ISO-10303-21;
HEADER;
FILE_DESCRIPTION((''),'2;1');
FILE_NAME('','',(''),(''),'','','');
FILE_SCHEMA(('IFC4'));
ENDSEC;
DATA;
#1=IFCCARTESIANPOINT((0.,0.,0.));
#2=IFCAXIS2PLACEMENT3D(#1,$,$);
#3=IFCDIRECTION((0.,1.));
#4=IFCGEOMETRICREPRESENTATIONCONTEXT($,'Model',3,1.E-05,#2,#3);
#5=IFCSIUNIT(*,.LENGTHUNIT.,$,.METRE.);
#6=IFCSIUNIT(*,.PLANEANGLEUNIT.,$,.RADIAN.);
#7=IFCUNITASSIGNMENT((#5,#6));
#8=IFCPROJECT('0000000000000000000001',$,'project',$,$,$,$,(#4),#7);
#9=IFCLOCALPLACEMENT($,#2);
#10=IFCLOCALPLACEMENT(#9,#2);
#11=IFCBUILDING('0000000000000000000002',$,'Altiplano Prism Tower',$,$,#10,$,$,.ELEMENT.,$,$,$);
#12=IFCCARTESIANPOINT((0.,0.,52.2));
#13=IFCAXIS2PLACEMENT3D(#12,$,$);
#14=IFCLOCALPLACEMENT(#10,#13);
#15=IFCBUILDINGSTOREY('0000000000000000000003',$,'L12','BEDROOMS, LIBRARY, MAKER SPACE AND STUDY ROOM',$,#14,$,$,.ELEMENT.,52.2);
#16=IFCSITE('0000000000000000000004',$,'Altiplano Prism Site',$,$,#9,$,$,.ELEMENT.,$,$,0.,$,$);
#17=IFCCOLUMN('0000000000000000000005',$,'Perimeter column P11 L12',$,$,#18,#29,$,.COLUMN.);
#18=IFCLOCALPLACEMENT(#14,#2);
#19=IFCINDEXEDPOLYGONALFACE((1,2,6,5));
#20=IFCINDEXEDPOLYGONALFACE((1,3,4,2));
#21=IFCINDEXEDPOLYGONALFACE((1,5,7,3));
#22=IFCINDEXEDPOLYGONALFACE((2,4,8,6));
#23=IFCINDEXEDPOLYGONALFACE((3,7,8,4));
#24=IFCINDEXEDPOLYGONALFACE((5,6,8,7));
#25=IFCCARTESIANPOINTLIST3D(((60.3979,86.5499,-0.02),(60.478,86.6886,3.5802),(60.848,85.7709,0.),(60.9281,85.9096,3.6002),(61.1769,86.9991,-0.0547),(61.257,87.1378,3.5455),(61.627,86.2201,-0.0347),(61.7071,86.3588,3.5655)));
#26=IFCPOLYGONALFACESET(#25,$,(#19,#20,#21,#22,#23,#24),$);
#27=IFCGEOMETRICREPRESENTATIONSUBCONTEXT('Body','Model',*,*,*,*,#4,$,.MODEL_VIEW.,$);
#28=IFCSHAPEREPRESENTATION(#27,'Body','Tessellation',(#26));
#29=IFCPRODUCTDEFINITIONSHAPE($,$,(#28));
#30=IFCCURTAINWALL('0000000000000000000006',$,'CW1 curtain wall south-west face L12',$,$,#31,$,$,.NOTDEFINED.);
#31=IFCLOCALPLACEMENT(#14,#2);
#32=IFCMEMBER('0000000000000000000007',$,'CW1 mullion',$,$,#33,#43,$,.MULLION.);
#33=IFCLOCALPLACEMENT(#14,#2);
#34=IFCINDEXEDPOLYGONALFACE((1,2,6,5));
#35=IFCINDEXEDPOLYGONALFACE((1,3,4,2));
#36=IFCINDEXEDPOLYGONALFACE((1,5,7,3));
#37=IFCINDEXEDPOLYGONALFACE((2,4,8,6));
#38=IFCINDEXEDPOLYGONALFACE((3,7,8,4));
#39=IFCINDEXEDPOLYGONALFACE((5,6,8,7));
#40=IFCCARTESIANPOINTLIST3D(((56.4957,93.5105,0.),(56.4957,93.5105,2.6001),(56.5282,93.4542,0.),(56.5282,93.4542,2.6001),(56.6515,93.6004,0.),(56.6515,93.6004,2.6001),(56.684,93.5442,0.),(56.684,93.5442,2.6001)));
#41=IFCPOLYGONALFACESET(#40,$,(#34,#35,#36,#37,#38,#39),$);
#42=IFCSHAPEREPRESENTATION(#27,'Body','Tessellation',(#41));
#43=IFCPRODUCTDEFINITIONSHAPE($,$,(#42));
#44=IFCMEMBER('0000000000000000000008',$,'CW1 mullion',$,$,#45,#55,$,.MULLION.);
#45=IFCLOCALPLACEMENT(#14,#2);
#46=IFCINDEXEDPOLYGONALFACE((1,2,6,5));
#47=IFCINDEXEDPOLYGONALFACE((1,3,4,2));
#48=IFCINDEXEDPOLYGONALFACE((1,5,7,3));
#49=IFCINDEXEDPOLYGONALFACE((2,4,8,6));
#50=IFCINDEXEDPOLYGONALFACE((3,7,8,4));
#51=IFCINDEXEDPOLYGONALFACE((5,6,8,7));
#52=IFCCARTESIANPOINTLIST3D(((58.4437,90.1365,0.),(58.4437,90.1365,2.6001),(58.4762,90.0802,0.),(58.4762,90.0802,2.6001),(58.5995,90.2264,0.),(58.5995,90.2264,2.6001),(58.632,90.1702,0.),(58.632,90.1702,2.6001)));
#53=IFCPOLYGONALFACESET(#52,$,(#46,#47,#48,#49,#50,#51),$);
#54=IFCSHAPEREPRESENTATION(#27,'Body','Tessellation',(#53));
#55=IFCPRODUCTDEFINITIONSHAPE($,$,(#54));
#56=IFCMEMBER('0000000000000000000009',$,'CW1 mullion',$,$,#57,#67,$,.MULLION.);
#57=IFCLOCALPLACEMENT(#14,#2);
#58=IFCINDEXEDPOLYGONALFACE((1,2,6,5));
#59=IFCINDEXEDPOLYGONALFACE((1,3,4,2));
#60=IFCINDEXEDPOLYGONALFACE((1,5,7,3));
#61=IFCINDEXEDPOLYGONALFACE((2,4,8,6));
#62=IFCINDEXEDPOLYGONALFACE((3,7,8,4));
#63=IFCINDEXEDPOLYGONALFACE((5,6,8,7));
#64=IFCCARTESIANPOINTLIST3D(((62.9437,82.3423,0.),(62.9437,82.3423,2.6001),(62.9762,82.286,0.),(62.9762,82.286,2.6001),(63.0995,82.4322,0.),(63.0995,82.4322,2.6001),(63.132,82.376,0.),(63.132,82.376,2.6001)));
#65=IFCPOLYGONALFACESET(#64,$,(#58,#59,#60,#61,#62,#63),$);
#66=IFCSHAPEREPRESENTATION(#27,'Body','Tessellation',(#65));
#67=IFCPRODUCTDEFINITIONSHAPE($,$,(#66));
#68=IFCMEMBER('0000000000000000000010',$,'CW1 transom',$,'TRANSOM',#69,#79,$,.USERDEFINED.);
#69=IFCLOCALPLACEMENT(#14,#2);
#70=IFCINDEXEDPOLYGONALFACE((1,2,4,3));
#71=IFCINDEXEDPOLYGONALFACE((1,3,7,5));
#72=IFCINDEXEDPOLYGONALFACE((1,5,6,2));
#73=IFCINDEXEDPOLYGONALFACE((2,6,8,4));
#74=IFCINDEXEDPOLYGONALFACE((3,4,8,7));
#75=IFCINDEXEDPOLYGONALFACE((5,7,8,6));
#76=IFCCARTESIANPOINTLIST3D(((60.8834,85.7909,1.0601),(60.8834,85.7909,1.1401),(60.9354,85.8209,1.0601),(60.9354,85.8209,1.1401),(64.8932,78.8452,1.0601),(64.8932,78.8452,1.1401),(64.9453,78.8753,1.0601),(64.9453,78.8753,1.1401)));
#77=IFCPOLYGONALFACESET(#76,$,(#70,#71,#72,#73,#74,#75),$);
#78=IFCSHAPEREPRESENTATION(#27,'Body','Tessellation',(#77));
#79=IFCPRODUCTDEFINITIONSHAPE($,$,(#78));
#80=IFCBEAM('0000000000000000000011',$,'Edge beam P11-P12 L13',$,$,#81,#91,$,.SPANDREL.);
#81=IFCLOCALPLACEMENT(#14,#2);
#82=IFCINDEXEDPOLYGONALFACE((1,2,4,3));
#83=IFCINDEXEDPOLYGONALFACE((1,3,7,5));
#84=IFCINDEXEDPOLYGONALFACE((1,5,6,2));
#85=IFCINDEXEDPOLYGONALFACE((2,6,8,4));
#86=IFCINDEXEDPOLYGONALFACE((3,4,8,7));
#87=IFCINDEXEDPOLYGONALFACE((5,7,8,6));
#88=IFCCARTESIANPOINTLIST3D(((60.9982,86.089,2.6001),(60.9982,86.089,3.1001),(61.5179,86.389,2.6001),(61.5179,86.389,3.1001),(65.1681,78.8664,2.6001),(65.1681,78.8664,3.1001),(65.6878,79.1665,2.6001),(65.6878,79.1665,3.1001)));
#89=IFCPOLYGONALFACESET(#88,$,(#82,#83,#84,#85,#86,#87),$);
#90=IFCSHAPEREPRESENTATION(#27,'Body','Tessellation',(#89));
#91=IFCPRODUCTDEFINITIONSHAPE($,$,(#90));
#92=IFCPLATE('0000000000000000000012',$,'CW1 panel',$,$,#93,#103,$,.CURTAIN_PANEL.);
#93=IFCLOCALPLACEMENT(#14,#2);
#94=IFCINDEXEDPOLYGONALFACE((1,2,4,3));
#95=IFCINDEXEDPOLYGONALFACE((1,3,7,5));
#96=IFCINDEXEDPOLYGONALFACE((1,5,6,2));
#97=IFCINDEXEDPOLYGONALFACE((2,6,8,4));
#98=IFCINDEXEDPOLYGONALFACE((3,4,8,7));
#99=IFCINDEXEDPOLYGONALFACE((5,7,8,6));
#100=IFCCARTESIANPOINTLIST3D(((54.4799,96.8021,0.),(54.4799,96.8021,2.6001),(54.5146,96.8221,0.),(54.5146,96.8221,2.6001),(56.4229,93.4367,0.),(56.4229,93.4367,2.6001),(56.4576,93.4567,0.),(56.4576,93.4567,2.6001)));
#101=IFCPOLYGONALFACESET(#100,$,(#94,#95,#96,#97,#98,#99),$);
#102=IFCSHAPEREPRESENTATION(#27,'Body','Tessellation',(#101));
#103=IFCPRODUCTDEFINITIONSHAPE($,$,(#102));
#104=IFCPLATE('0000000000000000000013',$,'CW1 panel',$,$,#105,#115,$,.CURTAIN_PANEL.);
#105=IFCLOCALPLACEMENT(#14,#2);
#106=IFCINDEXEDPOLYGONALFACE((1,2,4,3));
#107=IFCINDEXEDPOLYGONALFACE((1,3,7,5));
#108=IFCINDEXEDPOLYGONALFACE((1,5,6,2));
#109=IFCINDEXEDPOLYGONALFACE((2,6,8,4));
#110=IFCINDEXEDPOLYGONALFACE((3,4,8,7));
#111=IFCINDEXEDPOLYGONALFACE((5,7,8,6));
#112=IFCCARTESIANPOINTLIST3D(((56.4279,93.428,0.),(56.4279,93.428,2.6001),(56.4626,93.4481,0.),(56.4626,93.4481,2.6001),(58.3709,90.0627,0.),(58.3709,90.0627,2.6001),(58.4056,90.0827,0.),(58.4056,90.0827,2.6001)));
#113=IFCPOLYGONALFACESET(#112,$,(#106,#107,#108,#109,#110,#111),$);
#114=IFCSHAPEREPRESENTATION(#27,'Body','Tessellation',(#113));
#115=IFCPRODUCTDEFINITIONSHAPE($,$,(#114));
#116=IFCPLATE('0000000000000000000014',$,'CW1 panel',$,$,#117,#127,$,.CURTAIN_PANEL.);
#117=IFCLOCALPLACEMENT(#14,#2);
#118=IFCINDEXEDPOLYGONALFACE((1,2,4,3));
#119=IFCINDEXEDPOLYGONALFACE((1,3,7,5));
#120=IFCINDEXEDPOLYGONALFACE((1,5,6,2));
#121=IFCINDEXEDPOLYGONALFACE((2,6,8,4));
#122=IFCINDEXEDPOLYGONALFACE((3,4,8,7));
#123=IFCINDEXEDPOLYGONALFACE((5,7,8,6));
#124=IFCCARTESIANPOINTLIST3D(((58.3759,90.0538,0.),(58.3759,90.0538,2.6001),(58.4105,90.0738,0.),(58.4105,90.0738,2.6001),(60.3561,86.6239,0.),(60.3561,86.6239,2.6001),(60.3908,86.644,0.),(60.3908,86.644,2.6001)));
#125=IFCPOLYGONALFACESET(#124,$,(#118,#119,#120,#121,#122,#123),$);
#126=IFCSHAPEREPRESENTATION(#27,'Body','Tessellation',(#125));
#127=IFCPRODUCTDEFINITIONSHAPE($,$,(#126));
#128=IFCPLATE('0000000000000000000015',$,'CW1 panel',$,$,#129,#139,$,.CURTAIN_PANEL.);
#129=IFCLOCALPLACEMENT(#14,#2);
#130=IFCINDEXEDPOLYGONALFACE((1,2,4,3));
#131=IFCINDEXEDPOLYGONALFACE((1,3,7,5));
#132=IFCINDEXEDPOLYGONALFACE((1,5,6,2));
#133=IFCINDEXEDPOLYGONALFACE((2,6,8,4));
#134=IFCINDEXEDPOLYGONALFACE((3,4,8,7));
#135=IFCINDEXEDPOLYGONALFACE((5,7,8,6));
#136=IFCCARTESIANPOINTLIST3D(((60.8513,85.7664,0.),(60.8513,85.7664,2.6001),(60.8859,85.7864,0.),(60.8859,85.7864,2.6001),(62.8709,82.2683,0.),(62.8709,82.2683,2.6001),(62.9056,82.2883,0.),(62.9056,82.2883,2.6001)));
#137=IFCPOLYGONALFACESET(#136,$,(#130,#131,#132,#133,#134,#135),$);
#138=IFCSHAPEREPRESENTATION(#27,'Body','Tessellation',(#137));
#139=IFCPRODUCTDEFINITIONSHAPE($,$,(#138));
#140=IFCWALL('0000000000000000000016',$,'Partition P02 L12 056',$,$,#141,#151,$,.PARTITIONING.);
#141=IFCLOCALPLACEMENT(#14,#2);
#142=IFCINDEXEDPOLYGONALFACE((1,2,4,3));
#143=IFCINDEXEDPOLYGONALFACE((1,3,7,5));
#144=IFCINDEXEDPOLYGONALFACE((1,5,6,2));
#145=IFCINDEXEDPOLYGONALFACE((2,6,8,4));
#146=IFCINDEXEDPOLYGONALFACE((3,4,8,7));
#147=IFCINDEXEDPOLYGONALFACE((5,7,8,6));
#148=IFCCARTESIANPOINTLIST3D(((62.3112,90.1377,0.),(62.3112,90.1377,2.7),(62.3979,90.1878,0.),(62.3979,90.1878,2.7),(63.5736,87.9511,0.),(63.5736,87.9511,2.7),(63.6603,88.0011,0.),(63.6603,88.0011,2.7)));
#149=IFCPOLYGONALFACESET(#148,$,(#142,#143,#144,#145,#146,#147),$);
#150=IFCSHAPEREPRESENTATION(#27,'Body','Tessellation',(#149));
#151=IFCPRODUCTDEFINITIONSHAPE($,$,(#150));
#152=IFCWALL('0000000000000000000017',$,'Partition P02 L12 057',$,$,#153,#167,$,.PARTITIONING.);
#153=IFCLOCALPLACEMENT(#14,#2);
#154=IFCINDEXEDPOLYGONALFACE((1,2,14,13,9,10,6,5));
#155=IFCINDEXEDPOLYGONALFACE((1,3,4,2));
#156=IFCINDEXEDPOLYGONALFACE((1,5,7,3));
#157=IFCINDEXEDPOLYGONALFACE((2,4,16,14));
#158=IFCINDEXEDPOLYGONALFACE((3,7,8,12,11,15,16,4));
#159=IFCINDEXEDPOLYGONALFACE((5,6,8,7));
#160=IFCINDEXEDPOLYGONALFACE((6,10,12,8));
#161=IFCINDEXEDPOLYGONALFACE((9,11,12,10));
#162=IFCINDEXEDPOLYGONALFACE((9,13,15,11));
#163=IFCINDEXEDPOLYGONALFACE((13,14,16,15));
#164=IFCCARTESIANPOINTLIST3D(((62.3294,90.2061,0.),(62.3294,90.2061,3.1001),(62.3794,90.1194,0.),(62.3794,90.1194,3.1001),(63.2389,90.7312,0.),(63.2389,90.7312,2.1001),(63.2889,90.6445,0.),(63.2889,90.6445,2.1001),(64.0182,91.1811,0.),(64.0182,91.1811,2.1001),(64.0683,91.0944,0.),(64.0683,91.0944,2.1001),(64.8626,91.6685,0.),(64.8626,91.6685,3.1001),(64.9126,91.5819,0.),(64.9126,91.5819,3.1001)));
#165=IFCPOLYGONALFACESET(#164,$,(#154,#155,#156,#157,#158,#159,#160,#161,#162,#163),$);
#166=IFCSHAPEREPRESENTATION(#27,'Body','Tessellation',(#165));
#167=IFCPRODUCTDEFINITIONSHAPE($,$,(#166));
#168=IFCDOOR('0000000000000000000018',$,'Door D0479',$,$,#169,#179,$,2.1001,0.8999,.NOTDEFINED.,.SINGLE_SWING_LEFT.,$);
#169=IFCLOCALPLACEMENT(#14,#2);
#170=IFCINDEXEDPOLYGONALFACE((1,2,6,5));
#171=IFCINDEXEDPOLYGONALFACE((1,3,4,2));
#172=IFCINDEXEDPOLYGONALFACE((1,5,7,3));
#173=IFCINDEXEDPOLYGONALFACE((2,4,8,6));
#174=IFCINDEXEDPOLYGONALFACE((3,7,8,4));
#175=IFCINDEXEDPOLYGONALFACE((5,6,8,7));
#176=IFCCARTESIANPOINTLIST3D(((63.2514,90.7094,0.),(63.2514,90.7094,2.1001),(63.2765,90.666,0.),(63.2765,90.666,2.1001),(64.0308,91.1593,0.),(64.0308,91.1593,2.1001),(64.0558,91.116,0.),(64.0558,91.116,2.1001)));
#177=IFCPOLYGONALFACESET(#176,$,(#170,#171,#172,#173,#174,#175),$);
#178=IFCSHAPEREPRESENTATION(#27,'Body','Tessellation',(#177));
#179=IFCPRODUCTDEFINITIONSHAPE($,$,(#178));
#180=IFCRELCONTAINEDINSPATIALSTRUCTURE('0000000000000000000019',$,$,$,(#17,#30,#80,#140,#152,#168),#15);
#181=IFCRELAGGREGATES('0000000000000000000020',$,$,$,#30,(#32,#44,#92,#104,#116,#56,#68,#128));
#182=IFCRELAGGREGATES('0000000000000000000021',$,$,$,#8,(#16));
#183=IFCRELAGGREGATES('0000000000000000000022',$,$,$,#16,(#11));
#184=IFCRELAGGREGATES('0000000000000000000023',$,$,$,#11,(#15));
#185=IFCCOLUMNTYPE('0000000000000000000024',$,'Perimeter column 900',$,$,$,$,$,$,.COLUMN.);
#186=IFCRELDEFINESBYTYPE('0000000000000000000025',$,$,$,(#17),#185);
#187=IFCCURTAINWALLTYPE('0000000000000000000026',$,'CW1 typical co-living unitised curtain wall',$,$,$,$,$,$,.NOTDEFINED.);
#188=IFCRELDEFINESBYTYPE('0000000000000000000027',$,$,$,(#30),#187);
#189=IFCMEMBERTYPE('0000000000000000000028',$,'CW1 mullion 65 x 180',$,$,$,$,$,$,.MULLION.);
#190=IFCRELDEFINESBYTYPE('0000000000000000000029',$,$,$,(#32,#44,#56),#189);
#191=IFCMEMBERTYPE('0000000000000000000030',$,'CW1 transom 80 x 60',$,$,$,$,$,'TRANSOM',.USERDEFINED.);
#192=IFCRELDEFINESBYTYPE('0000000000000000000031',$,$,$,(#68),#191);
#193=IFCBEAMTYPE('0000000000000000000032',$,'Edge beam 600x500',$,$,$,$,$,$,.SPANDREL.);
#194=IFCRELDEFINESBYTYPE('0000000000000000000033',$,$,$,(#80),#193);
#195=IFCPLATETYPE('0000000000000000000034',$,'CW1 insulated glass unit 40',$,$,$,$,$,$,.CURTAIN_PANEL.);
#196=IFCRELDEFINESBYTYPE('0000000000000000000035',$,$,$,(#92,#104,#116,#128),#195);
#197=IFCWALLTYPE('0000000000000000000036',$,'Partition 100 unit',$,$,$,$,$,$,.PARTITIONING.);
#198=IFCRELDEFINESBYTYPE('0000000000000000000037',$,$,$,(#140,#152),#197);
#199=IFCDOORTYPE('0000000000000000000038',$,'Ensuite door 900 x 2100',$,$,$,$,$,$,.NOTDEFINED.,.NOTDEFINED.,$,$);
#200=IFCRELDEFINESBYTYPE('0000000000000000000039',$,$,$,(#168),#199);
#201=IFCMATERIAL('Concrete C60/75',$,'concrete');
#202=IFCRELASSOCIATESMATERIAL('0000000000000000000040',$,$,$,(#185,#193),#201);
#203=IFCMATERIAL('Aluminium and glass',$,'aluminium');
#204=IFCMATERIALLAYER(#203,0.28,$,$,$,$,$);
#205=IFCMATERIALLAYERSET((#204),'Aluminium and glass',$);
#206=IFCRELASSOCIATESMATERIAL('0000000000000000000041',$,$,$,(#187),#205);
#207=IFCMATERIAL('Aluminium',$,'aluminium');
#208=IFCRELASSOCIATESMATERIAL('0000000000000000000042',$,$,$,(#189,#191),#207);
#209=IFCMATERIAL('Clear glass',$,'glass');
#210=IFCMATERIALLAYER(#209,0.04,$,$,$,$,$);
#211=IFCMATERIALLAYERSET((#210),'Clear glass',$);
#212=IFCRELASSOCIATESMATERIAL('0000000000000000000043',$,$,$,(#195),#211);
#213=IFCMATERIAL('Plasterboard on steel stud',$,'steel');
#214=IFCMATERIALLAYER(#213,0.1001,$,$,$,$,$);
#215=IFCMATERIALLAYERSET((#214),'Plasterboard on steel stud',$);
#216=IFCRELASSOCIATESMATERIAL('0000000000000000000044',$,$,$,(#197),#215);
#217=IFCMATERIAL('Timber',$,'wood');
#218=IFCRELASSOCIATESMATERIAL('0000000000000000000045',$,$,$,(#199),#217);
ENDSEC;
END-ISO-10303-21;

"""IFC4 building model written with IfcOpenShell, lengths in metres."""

from ifc_helpers import new_model, si_unit, direction, frame, frame_2d, origin, origin_2d, place, context, subcontext, project, spatial, rectangle, extrude, material, layer, layer_set, material_profile, profile_set, type_object, element, fill, aggregate, save


model = new_model("IFC4")

# Units and contexts
model_context = context("Model", 3, precision=1e-05, world=origin(), true_north=direction((0.0, 1.0)))
body_context = subcontext(model_context, "Body", "Model", "MODEL_VIEW")
ifc_project = project(units=[si_unit("LENGTHUNIT", "METRE"), si_unit("PLANEANGLEUNIT", "RADIAN")], contexts=[model_context])

# Site, building, storey
site_placement = place(None, origin())
site = spatial("IfcSite", under=ifc_project, at=site_placement, Name="Altiplano Prism Site", CompositionType="ELEMENT", RefElevation=0.0)
building_placement = place(site_placement, origin())
building = spatial("IfcBuilding", under=site, at=building_placement, Name="Altiplano Prism Tower", CompositionType="ELEMENT")
storey_placement = place(building_placement, frame((0.0, 0.0, 52.2)))
storey = spatial("IfcBuildingStorey", under=building, at=storey_placement, Name="L12", Description="BEDROOMS, LIBRARY, MAKER SPACE AND STUDY ROOM", CompositionType="ELEMENT", Elevation=52.2)

# Column
ifc_material_1 = material(Name="Concrete C60/75", Category="concrete")
ifc_material_profile_1 = material_profile(ifc_material_1, rectangle(XDim=0.8999, YDim=0.8999, at=origin_2d()), Name="Perimeter column 900")
ifc_profile_set_1 = profile_set([ifc_material_profile_1], Name="Concrete C60/75")
column_type = type_object("IfcColumnType", Name="Perimeter column 900", PredefinedType="COLUMN", material=ifc_profile_set_1)
column_placement = place(storey_placement, frame((61.0125, 86.385, -0.0273), z_axis=(0.022221, 0.038481, 0.999012), x_axis=(-0.865638, -0.499189, 0.038483)))
element("IfcColumn", 1, at=column_placement, inside=storey, type_object=column_type, Name="Perimeter column P11 L12", PredefinedType="COLUMN", context=body_context, shape_type="SweptSolid", body=[
    extrude(rectangle(XDim=0.8999, YDim=0.8999, at=origin_2d()), origin(), (0.0, 0.0, 1.0), 3.6038),
])

# Curtain wall, members
ifc_material_2 = material(Name="Aluminium and glass", Category="aluminium")
ifc_layer_1 = layer(ifc_material_2, 0.28)
ifc_layer_set_1 = layer_set([ifc_layer_1], Name="Aluminium and glass")
curtain_wall_type = type_object("IfcCurtainWallType", Name="CW1 typical co-living unitised curtain wall", PredefinedType="NOTDEFINED", material=ifc_layer_set_1)
curtain_wall_placement = place(storey_placement, origin())
curtain_wall = element("IfcCurtainWall", 2, at=curtain_wall_placement, inside=storey, type_object=curtain_wall_type, Name="CW1 curtain wall south-west face L12", PredefinedType="NOTDEFINED")
ifc_material_3 = material(Name="Aluminium", Category="aluminium")
ifc_material_profile_2 = material_profile(ifc_material_3, rectangle(XDim=0.1799, YDim=0.0649, at=origin_2d()), Name="CW1 mullion 65 x 180")
ifc_profile_set_2 = profile_set([ifc_material_profile_2], Name="Aluminium")
member_type_1 = type_object("IfcMemberType", Name="CW1 mullion 65 x 180", PredefinedType="MULLION", material=ifc_profile_set_2)
member_1_placement = place(storey_placement, frame((56.5898, 93.5273, 0.0), z_axis=(0.0, 0.0, 1.0), x_axis=(0.866025, 0.5, 0.0)))
member_1 = element("IfcMember", 3, at=member_1_placement, type_object=member_type_1, Name="CW1 mullion", PredefinedType="MULLION", context=body_context, shape_type="SweptSolid", body=[
    extrude(rectangle(XDim=0.1799, YDim=0.0649, at=origin_2d()), origin(), (0.0, 0.0, 1.0), 2.6001),
])
member_2_placement = place(storey_placement, frame((58.5378, 90.1533, 0.0), z_axis=(0.0, 0.0, 1.0), x_axis=(0.866025, 0.5, 0.0)))
member_2 = element("IfcMember", 4, at=member_2_placement, type_object=member_type_1, Name="CW1 mullion", PredefinedType="MULLION", context=body_context, shape_type="SweptSolid", body=[
    extrude(rectangle(XDim=0.1799, YDim=0.0649, at=origin_2d()), origin(), (0.0, 0.0, 1.0), 2.6001),
])
member_3_placement = place(storey_placement, frame((63.0378, 82.3591, 0.0), z_axis=(0.0, 0.0, 1.0), x_axis=(0.866025, 0.5, 0.0)))
member_3 = element("IfcMember", 5, at=member_3_placement, type_object=member_type_1, Name="CW1 mullion", PredefinedType="MULLION", context=body_context, shape_type="SweptSolid", body=[
    extrude(rectangle(XDim=0.1799, YDim=0.0649, at=origin_2d()), origin(), (0.0, 0.0, 1.0), 2.6001),
])
ifc_material_profile_3 = material_profile(ifc_material_3, rectangle(XDim=0.0601, YDim=0.0801, at=origin_2d()), Name="CW1 transom 80 x 60")
ifc_profile_set_3 = profile_set([ifc_material_profile_3], Name="Aluminium")
member_type_2 = type_object("IfcMemberType", Name="CW1 transom 80 x 60", ElementType="TRANSOM", PredefinedType="USERDEFINED", material=ifc_profile_set_3)
member_4_placement = place(storey_placement, frame((60.9094, 85.8059, 1.1001), z_axis=(0.499976, -0.866039, 0.0), x_axis=(0.866039, 0.499976, 0.0)))
member_4 = element("IfcMember", 6, at=member_4_placement, type_object=member_type_2, Name="CW1 transom", ObjectType="TRANSOM", PredefinedType="USERDEFINED", context=body_context, shape_type="SweptSolid", body=[
    extrude(rectangle(XDim=0.0601, YDim=0.0801, at=origin_2d()), origin(), (0.0, 0.0, 1.0), 8.02),
])

# Beam
ifc_material_profile_4 = material_profile(ifc_material_1, rectangle(XDim=0.6001, YDim=0.5, at=origin_2d()), Name="Edge beam 600x500")
ifc_profile_set_4 = profile_set([ifc_material_profile_4], Name="Concrete C60/75")
beam_type = type_object("IfcBeamType", Name="Edge beam 600x500", PredefinedType="SPANDREL", material=ifc_profile_set_4)
beam_placement = place(storey_placement, frame((61.2581, 86.239, 2.8501), z_axis=(0.499993, -0.86603, 0.0), x_axis=(0.86603, 0.499993, 0.0)))
element("IfcBeam", 7, at=beam_placement, inside=storey, type_object=beam_type, Name="Edge beam P11-P12 L13", PredefinedType="SPANDREL", context=body_context, shape_type="SweptSolid", body=[
    extrude(rectangle(XDim=0.6001, YDim=0.5, at=origin_2d()), origin(), (0.0, 0.0, 1.0), 8.3398),
])

# Plates
ifc_material_4 = material(Name="Clear glass", Category="glass")
ifc_layer_2 = layer(ifc_material_4, 0.04)
ifc_layer_set_2 = layer_set([ifc_layer_2], Name="Clear glass")
plate_type = type_object("IfcPlateType", Name="CW1 insulated glass unit 40", PredefinedType="CURTAIN_PANEL", material=ifc_layer_set_2)
plate_1_placement = place(storey_placement, frame((55.4688, 95.1294, 0.0), z_axis=(0.0, 0.0, 1.0), x_axis=(0.5, -0.866025, 0.0)))
plate_1 = element("IfcPlate", 8, at=plate_1_placement, type_object=plate_type, Name="CW1 panel", PredefinedType="CURTAIN_PANEL", context=body_context, shape_type="SweptSolid", body=[
    extrude(rectangle(XDim=3.886, YDim=0.04, at=origin_2d()), origin(), (0.0, 0.0, 1.0), 2.6001),
])
plate_2_placement = place(storey_placement, frame((57.4167, 91.7554, 0.0), z_axis=(0.0, 0.0, 1.0), x_axis=(0.5, -0.866025, 0.0)))
plate_2 = element("IfcPlate", 9, at=plate_2_placement, type_object=plate_type, Name="CW1 panel", PredefinedType="CURTAIN_PANEL", context=body_context, shape_type="SweptSolid", body=[
    extrude(rectangle(XDim=3.886, YDim=0.04, at=origin_2d()), origin(), (0.0, 0.0, 1.0), 2.6001),
])
plate_3_placement = place(storey_placement, frame((59.3833, 88.3489, 0.0), z_axis=(0.0, 0.0, 1.0), x_axis=(0.5, -0.866025, 0.0)))
plate_3 = element("IfcPlate", 10, at=plate_3_placement, type_object=plate_type, Name="CW1 panel", PredefinedType="CURTAIN_PANEL", context=body_context, shape_type="SweptSolid", body=[
    extrude(rectangle(XDim=3.9604, YDim=0.04, at=origin_2d()), origin(), (0.0, 0.0, 1.0), 2.6001),
])
plate_4_placement = place(storey_placement, frame((61.8784, 84.0273, 0.0), z_axis=(0.0, 0.0, 1.0), x_axis=(0.5, -0.866025, 0.0)))
plate_4 = element("IfcPlate", 11, at=plate_4_placement, type_object=plate_type, Name="CW1 panel", PredefinedType="CURTAIN_PANEL", context=body_context, shape_type="SweptSolid", body=[
    extrude(rectangle(XDim=4.0393, YDim=0.04, at=origin_2d()), origin(), (0.0, 0.0, 1.0), 2.6001),
])
aggregate(curtain_wall, [member_1, member_2, plate_1, plate_2, plate_3, member_3, member_4, plate_4])

# Wall
ifc_material_5 = material(Name="Plasterboard on steel stud", Category="steel")
ifc_layer_3 = layer(ifc_material_5, 0.1001)
ifc_layer_set_3 = layer_set([ifc_layer_3], Name="Plasterboard on steel stud")
wall_type_1 = type_object("IfcWallType", Name="Partition 100 unit", PredefinedType="PARTITIONING", material=ifc_layer_set_3)
wall_1_placement = place(storey_placement, frame((63.6169, 87.9761, 0.0), z_axis=(0.0, 0.0, 1.0), x_axis=(-0.499976, 0.866039, 0.0)))
element("IfcWall", 12, at=wall_1_placement, inside=storey, type_object=wall_type_1, Name="Partition P02 L12 056", PredefinedType="PARTITIONING", context=body_context, shape_type="SweptSolid", body=[
    extrude(rectangle(XDim=2.5249, YDim=0.1001, at=frame_2d((1.2625, 0.0))), origin(), (0.0, 0.0, 1.0), 2.7),
])

# Wall, opening, door
wall_2_placement = place(storey_placement, frame((62.3545, 90.1628, 0.0), z_axis=(0.0, 0.0, 1.0), x_axis=(0.866047, 0.499963, 0.0)))
wall_2 = element("IfcWall", 13, at=wall_2_placement, inside=storey, type_object=wall_type_1, Name="Partition P02 L12 057", PredefinedType="PARTITIONING", context=body_context, shape_type="SweptSolid", body=[
    extrude(rectangle(XDim=2.925, YDim=0.1001, at=frame_2d((1.4624, 0.0))), origin(), (0.0, 0.0, 1.0), 3.1001),
])
opening_1_placement = place(wall_2_placement, frame((1.05, 0.0, 0.0)))
opening_1 = element("IfcOpeningElement", 14, at=opening_1_placement, cuts=wall_2, PredefinedType="OPENING", context=body_context, shape_type="SweptSolid", body=[
    extrude(rectangle(XDim=0.8999, YDim=2.1001, at=frame_2d((0.45, 1.05))), frame((0.0, 0.0605, 0.0), z_axis=(0.0, -1.0, 0.0), x_axis=(1.0, 0.0, 0.0)), (0.0, 0.0, 1.0), 0.1211),
])
ifc_material_6 = material(Name="Timber", Category="wood")
door_type_1 = type_object("IfcDoorType", Name="Ensuite door 900 x 2100", OperationType="NOTDEFINED", PredefinedType="NOTDEFINED", material=ifc_material_6)
door_1_placement = place(opening_1_placement, origin())
door_1 = element("IfcDoor", 15, at=door_1_placement, inside=storey, type_object=door_type_1, Name="Door D0479", OperationType="SINGLE_SWING_LEFT", OverallHeight=2.1001, OverallWidth=0.8999, PredefinedType="NOTDEFINED", context=body_context, shape_type="SweptSolid", body=[
    extrude(rectangle(XDim=0.8999, YDim=2.1001, at=frame_2d((0.45, 1.05))), frame((0.0, 0.0249, 0.0), z_axis=(0.0, -1.0, 0.0), x_axis=(1.0, 0.0, 0.0)), (0.0, 0.0, 1.0), 0.05),
])
fill(opening_1, door_1)

save(model, "model.ifc")
